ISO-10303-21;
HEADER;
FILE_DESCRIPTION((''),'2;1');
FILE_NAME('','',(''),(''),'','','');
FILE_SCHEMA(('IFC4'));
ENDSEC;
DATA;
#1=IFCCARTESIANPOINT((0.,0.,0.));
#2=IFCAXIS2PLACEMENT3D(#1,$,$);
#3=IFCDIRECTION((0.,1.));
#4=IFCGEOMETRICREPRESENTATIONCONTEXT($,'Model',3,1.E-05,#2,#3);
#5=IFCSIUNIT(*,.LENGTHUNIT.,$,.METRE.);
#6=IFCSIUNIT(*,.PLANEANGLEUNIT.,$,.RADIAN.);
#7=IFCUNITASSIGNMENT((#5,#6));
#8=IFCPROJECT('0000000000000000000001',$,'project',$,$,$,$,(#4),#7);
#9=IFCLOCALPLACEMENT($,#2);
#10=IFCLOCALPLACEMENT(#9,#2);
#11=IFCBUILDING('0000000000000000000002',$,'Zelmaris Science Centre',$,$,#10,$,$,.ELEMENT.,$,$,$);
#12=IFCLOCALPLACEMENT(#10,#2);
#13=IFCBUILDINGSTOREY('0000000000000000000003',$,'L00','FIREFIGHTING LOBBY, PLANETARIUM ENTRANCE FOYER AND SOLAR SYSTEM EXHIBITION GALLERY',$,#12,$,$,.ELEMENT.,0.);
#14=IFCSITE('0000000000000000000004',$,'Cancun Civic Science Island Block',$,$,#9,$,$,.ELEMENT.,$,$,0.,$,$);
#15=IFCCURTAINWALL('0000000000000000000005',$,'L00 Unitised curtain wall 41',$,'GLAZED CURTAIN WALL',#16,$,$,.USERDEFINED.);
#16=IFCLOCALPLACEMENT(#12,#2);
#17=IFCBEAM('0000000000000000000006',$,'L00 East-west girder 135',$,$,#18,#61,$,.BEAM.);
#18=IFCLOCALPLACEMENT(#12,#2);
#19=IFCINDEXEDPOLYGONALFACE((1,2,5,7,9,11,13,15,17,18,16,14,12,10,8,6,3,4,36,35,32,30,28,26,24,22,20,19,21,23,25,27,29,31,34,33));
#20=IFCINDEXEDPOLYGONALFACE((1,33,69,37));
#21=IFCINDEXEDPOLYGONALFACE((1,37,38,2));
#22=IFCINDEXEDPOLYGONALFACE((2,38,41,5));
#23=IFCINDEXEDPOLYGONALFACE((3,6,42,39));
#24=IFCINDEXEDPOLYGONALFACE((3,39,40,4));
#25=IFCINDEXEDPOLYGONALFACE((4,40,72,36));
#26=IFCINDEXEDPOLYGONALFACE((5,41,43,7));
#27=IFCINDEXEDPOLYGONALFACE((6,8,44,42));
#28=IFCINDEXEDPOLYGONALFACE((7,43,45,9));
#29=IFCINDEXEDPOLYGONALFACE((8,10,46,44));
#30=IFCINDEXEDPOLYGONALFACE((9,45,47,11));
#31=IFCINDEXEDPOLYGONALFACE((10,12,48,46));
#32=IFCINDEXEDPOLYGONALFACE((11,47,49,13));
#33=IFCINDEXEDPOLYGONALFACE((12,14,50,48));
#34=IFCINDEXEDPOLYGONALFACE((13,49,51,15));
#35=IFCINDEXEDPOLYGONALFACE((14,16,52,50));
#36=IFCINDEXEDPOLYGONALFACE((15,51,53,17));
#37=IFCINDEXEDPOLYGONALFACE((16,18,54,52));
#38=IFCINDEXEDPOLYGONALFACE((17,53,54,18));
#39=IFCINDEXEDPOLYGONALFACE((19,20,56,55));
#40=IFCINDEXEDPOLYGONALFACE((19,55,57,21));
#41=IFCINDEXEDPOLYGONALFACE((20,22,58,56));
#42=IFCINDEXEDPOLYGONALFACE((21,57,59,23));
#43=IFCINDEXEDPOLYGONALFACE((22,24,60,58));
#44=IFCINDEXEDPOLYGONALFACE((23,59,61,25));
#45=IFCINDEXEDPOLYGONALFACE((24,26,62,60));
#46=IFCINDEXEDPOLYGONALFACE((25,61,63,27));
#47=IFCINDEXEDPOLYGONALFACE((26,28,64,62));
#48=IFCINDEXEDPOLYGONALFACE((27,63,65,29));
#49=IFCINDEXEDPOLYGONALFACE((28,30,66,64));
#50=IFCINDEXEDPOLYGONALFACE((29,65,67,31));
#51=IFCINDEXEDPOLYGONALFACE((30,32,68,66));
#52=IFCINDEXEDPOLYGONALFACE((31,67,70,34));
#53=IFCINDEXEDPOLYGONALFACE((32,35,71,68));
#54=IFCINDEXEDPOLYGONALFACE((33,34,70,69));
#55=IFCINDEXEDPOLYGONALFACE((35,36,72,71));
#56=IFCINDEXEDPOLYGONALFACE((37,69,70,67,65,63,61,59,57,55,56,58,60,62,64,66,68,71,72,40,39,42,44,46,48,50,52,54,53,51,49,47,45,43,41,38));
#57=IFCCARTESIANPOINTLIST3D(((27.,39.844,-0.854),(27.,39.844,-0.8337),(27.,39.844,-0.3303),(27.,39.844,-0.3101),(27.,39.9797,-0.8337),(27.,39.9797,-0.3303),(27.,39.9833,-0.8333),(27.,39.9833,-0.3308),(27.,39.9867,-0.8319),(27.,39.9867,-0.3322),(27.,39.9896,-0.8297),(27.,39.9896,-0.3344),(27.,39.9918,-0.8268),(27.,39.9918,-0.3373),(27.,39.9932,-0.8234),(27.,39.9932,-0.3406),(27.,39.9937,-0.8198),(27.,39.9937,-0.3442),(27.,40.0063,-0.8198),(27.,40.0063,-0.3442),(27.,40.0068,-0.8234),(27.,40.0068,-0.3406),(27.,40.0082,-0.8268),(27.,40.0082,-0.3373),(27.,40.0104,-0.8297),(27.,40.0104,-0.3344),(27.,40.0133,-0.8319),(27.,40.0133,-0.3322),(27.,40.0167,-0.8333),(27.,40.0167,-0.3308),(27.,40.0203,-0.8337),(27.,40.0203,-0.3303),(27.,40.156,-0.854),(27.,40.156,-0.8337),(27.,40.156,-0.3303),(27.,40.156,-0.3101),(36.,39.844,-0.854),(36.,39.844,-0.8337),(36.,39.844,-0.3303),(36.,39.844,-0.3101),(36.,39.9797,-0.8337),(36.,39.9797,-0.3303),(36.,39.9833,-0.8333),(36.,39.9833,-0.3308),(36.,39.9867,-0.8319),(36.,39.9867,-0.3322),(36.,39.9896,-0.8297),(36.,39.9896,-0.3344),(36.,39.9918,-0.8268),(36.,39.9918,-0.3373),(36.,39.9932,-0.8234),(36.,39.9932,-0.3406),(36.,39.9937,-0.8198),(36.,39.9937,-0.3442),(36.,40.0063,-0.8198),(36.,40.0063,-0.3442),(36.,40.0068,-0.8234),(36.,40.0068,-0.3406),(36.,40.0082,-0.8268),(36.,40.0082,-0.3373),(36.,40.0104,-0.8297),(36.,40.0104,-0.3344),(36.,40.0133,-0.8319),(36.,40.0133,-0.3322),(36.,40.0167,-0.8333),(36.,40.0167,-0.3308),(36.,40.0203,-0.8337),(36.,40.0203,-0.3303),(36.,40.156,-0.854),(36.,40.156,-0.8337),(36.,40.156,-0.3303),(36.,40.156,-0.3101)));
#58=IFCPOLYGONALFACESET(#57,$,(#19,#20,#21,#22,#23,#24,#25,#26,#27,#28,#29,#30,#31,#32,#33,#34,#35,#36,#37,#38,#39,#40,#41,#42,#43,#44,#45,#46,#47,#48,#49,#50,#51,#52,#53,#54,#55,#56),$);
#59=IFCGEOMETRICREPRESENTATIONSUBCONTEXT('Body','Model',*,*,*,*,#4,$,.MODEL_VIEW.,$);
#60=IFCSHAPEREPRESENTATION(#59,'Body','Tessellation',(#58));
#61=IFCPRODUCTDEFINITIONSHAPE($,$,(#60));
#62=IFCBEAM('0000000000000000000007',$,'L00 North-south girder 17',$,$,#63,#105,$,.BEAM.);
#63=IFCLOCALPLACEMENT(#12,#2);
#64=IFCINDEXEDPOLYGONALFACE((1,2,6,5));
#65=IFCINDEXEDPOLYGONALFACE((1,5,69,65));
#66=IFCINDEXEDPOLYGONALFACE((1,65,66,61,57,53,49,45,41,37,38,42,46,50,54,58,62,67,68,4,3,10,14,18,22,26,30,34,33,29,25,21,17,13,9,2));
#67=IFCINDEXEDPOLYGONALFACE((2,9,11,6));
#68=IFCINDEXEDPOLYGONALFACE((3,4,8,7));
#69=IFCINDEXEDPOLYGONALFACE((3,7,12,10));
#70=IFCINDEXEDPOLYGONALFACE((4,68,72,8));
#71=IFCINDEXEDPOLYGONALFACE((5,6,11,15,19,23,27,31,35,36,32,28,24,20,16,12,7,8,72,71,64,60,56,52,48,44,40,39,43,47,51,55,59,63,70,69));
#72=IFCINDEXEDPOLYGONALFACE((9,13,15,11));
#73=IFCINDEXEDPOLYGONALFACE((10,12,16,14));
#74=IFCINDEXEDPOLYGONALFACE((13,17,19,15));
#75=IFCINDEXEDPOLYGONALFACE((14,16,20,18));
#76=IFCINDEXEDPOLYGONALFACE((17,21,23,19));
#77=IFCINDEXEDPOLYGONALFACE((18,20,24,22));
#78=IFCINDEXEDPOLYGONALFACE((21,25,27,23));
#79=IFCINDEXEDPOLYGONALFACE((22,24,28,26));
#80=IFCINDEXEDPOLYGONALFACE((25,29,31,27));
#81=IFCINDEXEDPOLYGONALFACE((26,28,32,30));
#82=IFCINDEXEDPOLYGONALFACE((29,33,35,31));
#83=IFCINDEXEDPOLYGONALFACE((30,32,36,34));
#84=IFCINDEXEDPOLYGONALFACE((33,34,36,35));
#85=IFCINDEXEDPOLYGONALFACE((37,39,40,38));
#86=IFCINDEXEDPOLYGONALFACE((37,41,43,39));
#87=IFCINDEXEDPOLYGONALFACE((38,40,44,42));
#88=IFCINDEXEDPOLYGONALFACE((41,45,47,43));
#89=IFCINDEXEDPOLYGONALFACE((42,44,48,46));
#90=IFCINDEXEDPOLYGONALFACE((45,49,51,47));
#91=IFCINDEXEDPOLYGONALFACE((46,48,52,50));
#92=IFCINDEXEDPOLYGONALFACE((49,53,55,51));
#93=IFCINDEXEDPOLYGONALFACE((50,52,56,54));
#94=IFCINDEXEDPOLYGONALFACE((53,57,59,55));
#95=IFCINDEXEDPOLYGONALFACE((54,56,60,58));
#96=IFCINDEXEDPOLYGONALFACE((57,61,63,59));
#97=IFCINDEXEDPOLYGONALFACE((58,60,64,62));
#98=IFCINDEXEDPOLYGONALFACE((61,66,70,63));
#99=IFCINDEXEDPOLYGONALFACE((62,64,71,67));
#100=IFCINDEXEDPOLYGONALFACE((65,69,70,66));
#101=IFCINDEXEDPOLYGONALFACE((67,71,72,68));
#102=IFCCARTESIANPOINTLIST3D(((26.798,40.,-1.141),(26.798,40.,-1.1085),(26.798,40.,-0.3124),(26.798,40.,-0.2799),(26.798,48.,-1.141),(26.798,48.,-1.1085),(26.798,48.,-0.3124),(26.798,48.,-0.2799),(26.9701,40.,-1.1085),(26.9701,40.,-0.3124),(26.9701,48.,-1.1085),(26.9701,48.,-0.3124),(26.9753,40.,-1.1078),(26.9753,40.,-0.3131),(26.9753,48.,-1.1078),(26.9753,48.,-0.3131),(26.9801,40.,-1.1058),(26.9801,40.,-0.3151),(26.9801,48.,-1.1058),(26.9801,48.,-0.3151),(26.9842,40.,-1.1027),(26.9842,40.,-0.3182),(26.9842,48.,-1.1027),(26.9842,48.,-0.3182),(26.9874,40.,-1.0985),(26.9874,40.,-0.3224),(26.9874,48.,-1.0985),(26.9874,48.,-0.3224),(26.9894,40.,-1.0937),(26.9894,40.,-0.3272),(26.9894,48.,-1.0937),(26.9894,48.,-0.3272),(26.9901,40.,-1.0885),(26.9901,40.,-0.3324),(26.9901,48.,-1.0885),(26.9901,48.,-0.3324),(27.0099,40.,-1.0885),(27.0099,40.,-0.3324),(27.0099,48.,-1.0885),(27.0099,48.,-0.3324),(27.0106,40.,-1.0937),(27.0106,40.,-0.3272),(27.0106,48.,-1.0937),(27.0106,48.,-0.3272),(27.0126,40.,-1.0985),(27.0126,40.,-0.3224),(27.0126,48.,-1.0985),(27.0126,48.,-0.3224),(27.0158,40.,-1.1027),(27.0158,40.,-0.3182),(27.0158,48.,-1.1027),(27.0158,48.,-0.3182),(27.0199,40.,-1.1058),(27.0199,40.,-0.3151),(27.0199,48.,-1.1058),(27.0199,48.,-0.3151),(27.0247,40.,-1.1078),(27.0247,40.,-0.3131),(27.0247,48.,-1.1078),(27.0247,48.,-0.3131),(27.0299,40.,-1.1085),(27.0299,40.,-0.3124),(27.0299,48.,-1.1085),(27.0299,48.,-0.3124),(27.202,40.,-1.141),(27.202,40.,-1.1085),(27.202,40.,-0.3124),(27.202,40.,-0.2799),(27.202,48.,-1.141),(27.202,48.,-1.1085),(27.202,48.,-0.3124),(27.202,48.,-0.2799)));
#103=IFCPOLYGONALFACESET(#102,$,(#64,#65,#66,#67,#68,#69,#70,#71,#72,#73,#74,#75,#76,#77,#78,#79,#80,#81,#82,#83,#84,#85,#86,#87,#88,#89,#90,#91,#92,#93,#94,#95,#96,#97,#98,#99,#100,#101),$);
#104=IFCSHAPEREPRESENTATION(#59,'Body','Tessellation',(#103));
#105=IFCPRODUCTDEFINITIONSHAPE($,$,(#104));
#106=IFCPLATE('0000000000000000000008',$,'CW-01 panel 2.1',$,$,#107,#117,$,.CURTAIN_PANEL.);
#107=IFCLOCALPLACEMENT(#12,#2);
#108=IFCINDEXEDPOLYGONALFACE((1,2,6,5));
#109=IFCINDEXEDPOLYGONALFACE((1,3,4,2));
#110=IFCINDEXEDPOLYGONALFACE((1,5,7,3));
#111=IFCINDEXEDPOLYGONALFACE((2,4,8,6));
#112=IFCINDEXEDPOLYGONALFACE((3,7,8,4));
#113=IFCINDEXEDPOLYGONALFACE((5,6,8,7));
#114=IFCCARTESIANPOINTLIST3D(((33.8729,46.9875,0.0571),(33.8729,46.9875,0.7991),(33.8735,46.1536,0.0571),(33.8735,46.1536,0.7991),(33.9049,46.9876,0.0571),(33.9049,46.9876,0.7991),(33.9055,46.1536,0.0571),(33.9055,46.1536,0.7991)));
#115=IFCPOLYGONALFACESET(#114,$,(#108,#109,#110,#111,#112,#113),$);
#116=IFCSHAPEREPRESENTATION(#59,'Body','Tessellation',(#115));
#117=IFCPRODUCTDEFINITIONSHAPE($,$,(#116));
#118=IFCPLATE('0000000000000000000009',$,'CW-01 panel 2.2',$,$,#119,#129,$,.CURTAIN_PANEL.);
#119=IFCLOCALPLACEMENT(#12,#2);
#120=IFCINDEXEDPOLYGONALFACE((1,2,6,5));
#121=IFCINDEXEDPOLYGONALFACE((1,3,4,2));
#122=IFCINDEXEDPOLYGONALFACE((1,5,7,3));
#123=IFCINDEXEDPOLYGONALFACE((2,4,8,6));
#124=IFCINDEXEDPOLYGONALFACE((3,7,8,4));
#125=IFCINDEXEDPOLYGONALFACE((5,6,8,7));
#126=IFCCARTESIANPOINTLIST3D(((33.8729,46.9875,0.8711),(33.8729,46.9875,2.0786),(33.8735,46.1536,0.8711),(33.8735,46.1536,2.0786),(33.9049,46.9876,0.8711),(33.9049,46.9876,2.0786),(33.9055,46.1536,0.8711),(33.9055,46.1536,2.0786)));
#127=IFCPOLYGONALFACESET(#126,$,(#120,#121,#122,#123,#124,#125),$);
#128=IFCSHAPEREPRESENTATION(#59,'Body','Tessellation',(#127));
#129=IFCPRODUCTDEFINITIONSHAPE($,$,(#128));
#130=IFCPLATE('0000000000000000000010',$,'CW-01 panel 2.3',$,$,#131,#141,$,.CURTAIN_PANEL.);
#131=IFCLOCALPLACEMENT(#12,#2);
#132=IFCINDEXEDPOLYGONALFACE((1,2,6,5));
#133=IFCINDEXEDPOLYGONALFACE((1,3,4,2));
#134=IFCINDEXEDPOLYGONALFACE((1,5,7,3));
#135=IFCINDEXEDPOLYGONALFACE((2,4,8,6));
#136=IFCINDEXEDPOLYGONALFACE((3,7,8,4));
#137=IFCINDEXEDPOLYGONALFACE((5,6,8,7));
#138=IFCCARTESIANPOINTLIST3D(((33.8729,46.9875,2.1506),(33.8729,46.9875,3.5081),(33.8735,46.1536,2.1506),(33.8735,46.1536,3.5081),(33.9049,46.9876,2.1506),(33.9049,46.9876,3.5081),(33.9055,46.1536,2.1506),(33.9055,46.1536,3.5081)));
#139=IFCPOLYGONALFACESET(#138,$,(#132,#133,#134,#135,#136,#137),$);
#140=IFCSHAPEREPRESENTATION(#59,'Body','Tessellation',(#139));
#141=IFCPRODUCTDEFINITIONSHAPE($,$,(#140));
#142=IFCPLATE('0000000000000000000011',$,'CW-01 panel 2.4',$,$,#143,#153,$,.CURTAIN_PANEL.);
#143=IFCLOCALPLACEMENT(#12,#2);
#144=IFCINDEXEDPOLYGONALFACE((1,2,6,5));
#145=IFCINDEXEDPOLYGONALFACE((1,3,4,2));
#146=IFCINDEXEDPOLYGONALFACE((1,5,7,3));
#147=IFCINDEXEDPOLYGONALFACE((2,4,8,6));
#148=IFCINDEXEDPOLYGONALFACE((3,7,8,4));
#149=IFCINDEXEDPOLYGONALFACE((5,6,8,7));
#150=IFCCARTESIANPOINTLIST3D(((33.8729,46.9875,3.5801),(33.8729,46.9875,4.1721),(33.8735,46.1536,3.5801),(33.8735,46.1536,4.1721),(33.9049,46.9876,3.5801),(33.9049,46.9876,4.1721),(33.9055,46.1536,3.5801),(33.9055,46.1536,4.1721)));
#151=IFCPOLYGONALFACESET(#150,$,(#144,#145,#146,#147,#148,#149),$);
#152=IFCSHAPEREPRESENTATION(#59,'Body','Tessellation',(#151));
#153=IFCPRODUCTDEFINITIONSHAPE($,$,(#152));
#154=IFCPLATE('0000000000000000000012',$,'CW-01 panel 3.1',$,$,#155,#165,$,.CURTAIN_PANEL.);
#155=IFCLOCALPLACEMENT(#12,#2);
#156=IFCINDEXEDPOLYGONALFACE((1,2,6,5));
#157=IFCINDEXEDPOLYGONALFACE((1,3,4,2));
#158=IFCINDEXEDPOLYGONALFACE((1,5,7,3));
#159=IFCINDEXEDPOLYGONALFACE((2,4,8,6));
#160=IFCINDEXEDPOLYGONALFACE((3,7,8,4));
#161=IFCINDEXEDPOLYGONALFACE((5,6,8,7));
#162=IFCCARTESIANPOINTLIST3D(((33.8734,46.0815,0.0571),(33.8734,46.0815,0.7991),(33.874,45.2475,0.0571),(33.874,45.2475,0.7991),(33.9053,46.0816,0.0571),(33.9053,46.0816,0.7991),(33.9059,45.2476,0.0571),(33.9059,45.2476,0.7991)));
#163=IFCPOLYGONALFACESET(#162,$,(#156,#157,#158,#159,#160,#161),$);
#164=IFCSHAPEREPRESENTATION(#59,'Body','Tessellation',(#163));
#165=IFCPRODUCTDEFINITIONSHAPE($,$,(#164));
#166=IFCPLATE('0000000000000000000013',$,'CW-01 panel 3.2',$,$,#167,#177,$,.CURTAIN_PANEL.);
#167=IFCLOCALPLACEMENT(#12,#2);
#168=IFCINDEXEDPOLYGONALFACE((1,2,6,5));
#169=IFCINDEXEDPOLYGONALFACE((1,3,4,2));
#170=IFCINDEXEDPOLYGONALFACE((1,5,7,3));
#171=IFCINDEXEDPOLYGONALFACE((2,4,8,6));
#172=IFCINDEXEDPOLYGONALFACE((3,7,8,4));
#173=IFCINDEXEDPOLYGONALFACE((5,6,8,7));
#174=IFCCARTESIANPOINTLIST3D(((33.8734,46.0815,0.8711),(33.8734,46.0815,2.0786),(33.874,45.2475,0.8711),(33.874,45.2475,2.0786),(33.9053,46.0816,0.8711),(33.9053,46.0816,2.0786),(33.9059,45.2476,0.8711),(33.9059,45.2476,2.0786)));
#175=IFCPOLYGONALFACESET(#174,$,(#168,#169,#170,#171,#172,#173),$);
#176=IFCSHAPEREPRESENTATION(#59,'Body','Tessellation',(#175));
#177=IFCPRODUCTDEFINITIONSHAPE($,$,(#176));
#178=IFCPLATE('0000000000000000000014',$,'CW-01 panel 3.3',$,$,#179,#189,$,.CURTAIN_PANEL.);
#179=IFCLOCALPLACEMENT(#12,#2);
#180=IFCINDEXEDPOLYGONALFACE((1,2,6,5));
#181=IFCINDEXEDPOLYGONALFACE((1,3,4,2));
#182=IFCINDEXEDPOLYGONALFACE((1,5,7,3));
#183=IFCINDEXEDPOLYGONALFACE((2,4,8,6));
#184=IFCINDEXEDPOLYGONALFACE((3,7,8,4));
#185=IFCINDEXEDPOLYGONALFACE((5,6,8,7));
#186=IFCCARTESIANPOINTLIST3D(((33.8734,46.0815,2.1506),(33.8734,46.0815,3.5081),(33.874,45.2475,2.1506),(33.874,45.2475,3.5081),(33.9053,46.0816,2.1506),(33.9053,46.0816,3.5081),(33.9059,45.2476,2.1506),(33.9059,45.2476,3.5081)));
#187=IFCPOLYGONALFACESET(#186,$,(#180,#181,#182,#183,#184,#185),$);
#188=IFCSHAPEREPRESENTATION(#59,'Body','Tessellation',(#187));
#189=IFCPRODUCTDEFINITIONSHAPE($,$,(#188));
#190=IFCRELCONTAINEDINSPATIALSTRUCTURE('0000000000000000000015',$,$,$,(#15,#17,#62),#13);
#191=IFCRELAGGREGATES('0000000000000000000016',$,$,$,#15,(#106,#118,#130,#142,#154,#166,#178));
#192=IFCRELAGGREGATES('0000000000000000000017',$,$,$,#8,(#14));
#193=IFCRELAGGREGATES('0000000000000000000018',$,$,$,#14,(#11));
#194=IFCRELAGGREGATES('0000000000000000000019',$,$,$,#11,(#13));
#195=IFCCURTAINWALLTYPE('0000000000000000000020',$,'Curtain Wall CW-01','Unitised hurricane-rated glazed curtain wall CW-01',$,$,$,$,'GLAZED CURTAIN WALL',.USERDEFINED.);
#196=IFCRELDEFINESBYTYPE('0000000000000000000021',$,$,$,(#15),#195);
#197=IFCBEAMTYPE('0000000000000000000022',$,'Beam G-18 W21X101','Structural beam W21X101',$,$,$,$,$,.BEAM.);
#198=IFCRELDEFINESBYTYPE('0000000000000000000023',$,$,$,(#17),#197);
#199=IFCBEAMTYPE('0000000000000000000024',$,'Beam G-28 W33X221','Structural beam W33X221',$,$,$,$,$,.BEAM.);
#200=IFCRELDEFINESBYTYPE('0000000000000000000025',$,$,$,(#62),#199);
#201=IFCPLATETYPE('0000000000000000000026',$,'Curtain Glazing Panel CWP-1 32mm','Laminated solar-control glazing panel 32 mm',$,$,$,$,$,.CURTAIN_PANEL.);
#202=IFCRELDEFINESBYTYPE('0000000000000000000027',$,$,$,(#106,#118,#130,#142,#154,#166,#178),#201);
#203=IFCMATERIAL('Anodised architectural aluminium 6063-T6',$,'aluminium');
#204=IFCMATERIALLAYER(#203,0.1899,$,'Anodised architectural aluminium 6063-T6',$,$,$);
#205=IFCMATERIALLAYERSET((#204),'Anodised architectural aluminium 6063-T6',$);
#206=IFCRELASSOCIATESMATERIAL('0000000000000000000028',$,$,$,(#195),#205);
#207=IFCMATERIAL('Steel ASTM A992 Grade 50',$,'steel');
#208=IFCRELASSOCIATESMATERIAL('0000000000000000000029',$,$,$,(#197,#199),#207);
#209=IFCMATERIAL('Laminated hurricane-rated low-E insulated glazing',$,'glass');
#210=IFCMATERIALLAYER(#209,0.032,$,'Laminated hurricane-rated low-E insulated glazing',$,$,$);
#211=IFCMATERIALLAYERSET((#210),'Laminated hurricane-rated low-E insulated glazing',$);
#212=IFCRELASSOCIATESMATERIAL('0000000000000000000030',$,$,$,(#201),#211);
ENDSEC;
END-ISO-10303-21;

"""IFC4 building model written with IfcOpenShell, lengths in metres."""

from ifc_helpers import new_model, si_unit, direction, frame, origin, origin_2d, place, context, subcontext, project, spatial, rectangle, i_section, extrude, material, layer, layer_set, material_profile, profile_set, type_object, element, aggregate, save


model = new_model("IFC4")

# Units and contexts
model_context = context("Model", 3, precision=1e-05, world=origin(), true_north=direction((0.0, 1.0)))
body_context = subcontext(model_context, "Body", "Model", "MODEL_VIEW")
ifc_project = project(units=[si_unit("LENGTHUNIT", "METRE"), si_unit("PLANEANGLEUNIT", "RADIAN")], contexts=[model_context])

# Site, building, storey
site_placement = place(None, origin())
site = spatial("IfcSite", under=ifc_project, at=site_placement, Name="Cancun Civic Science Island Block", CompositionType="ELEMENT", RefElevation=0.0)
building_placement = place(site_placement, origin())
building = spatial("IfcBuilding", under=site, at=building_placement, Name="Zelmaris Science Centre", CompositionType="ELEMENT")
storey_placement = place(building_placement, origin())
storey = spatial("IfcBuildingStorey", under=building, at=storey_placement, Name="L00", Description="FIREFIGHTING LOBBY, PLANETARIUM ENTRANCE FOYER AND SOLAR SYSTEM EXHIBITION GALLERY", CompositionType="ELEMENT", Elevation=0.0)

# Shared definitions
ifc_material_1 = material(Name="Steel ASTM A992 Grade 50", Category="steel")

# Curtain wall
ifc_material_2 = material(Name="Anodised architectural aluminium 6063-T6", Category="aluminium")
ifc_layer_1 = layer(ifc_material_2, 0.1899, Name="Anodised architectural aluminium 6063-T6")
ifc_layer_set_1 = layer_set([ifc_layer_1], Name="Anodised architectural aluminium 6063-T6")
curtain_wall_type_1 = type_object("IfcCurtainWallType", Name="Curtain Wall CW-01", Description="Unitised hurricane-rated glazed curtain wall CW-01", ElementType="GLAZED CURTAIN WALL", PredefinedType="USERDEFINED", material=ifc_layer_set_1)
curtain_wall_1_placement = place(storey_placement, origin())
curtain_wall_1 = element("IfcCurtainWall", 1, at=curtain_wall_1_placement, inside=storey, type_object=curtain_wall_type_1, Name="L00 Unitised curtain wall 41", ObjectType="GLAZED CURTAIN WALL", PredefinedType="USERDEFINED")

# Beams
ifc_material_profile_1 = material_profile(ifc_material_1, i_section(OverallWidth=0.312, OverallDepth=0.5439, WebThickness=0.0127, FlangeThickness=0.0203, FilletRadius=0.0139, at=origin_2d()), Name="W21X101")
ifc_profile_set_1 = profile_set([ifc_material_profile_1], Name="Steel ASTM A992 Grade 50")
beam_type_1 = type_object("IfcBeamType", Name="Beam G-18 W21X101", Description="Structural beam W21X101", PredefinedType="BEAM", material=ifc_profile_set_1)
beam_1_placement = place(storey_placement, frame((27.0, 40.0, -0.582), z_axis=(1.0, 0.0, 0.0), x_axis=(0.0, 1.0, 0.0)))
element("IfcBeam", 2, at=beam_1_placement, inside=storey, type_object=beam_type_1, Name="L00 East-west girder 135", PredefinedType="BEAM", context=body_context, shape_type="SweptSolid", body=[
    extrude(i_section(OverallWidth=0.312, OverallDepth=0.5439, WebThickness=0.0127, FlangeThickness=0.0203, FilletRadius=0.0139, at=origin_2d()), origin(), (0.0, 0.0, 1.0), 9.0),
])
ifc_material_profile_2 = material_profile(ifc_material_1, i_section(OverallWidth=0.4041, OverallDepth=0.8611, WebThickness=0.0198, FlangeThickness=0.0325, FilletRadius=0.02, at=origin_2d()), Name="W33X221")
ifc_profile_set_2 = profile_set([ifc_material_profile_2], Name="Steel ASTM A992 Grade 50")
beam_type_2 = type_object("IfcBeamType", Name="Beam G-28 W33X221", Description="Structural beam W33X221", PredefinedType="BEAM", material=ifc_profile_set_2)
beam_2_placement = place(storey_placement, frame((27.0, 40.0, -0.7104), z_axis=(0.0, 1.0, 0.0), x_axis=(-1.0, 0.0, 0.0)))
element("IfcBeam", 3, at=beam_2_placement, inside=storey, type_object=beam_type_2, Name="L00 North-south girder 17", PredefinedType="BEAM", context=body_context, shape_type="SweptSolid", body=[
    extrude(i_section(OverallWidth=0.4041, OverallDepth=0.8611, WebThickness=0.0198, FlangeThickness=0.0325, FilletRadius=0.02, at=origin_2d()), origin(), (0.0, 0.0, 1.0), 8.0),
])

# Plates
ifc_material_3 = material(Name="Laminated hurricane-rated low-E insulated glazing", Category="glass")
ifc_layer_2 = layer(ifc_material_3, 0.032, Name="Laminated hurricane-rated low-E insulated glazing")
ifc_layer_set_2 = layer_set([ifc_layer_2], Name="Laminated hurricane-rated low-E insulated glazing")
plate_type_1 = type_object("IfcPlateType", Name="Curtain Glazing Panel CWP-1 32mm", Description="Laminated solar-control glazing panel 32 mm", PredefinedType="CURTAIN_PANEL", material=ifc_layer_set_2)
plate_1_placement = place(storey_placement, frame((33.8892, 46.5706, 0.0571), z_axis=(0.0, 0.0, 1.0), x_axis=(0.000717, -1.0, 0.0)))
plate_1 = element("IfcPlate", 4, at=plate_1_placement, type_object=plate_type_1, Name="CW-01 panel 2.1", PredefinedType="CURTAIN_PANEL", context=body_context, shape_type="SweptSolid", body=[
    extrude(rectangle(XDim=0.834, YDim=0.032, at=origin_2d()), origin(), (0.0, 0.0, 1.0), 0.7419),
])
plate_2_placement = place(storey_placement, frame((33.8892, 46.5706, 0.8711), z_axis=(0.0, 0.0, 1.0), x_axis=(0.000717, -1.0, 0.0)))
plate_2 = element("IfcPlate", 5, at=plate_2_placement, type_object=plate_type_1, Name="CW-01 panel 2.2", PredefinedType="CURTAIN_PANEL", context=body_context, shape_type="SweptSolid", body=[
    extrude(rectangle(XDim=0.834, YDim=0.032, at=origin_2d()), origin(), (0.0, 0.0, 1.0), 1.2075),
])
plate_3_placement = place(storey_placement, frame((33.8892, 46.5706, 2.1506), z_axis=(0.0, 0.0, 1.0), x_axis=(0.000717, -1.0, 0.0)))
plate_3 = element("IfcPlate", 6, at=plate_3_placement, type_object=plate_type_1, Name="CW-01 panel 2.3", PredefinedType="CURTAIN_PANEL", context=body_context, shape_type="SweptSolid", body=[
    extrude(rectangle(XDim=0.834, YDim=0.032, at=origin_2d()), origin(), (0.0, 0.0, 1.0), 1.3574),
])
plate_4_placement = place(storey_placement, frame((33.8892, 46.5706, 3.5801), z_axis=(0.0, 0.0, 1.0), x_axis=(0.000717, -1.0, 0.0)))
plate_4 = element("IfcPlate", 7, at=plate_4_placement, type_object=plate_type_1, Name="CW-01 panel 2.4", PredefinedType="CURTAIN_PANEL", context=body_context, shape_type="SweptSolid", body=[
    extrude(rectangle(XDim=0.834, YDim=0.032, at=origin_2d()), origin(), (0.0, 0.0, 1.0), 0.592),
])
plate_5_placement = place(storey_placement, frame((33.8896, 45.6646, 0.0571), z_axis=(0.0, 0.0, 1.0), x_axis=(0.000717, -1.0, 0.0)))
plate_5 = element("IfcPlate", 8, at=plate_5_placement, type_object=plate_type_1, Name="CW-01 panel 3.1", PredefinedType="CURTAIN_PANEL", context=body_context, shape_type="SweptSolid", body=[
    extrude(rectangle(XDim=0.834, YDim=0.032, at=origin_2d()), origin(), (0.0, 0.0, 1.0), 0.7419),
])
plate_6_placement = place(storey_placement, frame((33.8896, 45.6646, 0.8711), z_axis=(0.0, 0.0, 1.0), x_axis=(0.000717, -1.0, 0.0)))
plate_6 = element("IfcPlate", 9, at=plate_6_placement, type_object=plate_type_1, Name="CW-01 panel 3.2", PredefinedType="CURTAIN_PANEL", context=body_context, shape_type="SweptSolid", body=[
    extrude(rectangle(XDim=0.834, YDim=0.032, at=origin_2d()), origin(), (0.0, 0.0, 1.0), 1.2075),
])
plate_7_placement = place(storey_placement, frame((33.8896, 45.6646, 2.1506), z_axis=(0.0, 0.0, 1.0), x_axis=(0.000717, -1.0, 0.0)))
plate_7 = element("IfcPlate", 10, at=plate_7_placement, type_object=plate_type_1, Name="CW-01 panel 3.3", PredefinedType="CURTAIN_PANEL", context=body_context, shape_type="SweptSolid", body=[
    extrude(rectangle(XDim=0.834, YDim=0.032, at=origin_2d()), origin(), (0.0, 0.0, 1.0), 1.3574),
])
aggregate(curtain_wall_1, [plate_1, plate_2, plate_3, plate_4, plate_5, plate_6, plate_7])

save(model, "model.ifc")
